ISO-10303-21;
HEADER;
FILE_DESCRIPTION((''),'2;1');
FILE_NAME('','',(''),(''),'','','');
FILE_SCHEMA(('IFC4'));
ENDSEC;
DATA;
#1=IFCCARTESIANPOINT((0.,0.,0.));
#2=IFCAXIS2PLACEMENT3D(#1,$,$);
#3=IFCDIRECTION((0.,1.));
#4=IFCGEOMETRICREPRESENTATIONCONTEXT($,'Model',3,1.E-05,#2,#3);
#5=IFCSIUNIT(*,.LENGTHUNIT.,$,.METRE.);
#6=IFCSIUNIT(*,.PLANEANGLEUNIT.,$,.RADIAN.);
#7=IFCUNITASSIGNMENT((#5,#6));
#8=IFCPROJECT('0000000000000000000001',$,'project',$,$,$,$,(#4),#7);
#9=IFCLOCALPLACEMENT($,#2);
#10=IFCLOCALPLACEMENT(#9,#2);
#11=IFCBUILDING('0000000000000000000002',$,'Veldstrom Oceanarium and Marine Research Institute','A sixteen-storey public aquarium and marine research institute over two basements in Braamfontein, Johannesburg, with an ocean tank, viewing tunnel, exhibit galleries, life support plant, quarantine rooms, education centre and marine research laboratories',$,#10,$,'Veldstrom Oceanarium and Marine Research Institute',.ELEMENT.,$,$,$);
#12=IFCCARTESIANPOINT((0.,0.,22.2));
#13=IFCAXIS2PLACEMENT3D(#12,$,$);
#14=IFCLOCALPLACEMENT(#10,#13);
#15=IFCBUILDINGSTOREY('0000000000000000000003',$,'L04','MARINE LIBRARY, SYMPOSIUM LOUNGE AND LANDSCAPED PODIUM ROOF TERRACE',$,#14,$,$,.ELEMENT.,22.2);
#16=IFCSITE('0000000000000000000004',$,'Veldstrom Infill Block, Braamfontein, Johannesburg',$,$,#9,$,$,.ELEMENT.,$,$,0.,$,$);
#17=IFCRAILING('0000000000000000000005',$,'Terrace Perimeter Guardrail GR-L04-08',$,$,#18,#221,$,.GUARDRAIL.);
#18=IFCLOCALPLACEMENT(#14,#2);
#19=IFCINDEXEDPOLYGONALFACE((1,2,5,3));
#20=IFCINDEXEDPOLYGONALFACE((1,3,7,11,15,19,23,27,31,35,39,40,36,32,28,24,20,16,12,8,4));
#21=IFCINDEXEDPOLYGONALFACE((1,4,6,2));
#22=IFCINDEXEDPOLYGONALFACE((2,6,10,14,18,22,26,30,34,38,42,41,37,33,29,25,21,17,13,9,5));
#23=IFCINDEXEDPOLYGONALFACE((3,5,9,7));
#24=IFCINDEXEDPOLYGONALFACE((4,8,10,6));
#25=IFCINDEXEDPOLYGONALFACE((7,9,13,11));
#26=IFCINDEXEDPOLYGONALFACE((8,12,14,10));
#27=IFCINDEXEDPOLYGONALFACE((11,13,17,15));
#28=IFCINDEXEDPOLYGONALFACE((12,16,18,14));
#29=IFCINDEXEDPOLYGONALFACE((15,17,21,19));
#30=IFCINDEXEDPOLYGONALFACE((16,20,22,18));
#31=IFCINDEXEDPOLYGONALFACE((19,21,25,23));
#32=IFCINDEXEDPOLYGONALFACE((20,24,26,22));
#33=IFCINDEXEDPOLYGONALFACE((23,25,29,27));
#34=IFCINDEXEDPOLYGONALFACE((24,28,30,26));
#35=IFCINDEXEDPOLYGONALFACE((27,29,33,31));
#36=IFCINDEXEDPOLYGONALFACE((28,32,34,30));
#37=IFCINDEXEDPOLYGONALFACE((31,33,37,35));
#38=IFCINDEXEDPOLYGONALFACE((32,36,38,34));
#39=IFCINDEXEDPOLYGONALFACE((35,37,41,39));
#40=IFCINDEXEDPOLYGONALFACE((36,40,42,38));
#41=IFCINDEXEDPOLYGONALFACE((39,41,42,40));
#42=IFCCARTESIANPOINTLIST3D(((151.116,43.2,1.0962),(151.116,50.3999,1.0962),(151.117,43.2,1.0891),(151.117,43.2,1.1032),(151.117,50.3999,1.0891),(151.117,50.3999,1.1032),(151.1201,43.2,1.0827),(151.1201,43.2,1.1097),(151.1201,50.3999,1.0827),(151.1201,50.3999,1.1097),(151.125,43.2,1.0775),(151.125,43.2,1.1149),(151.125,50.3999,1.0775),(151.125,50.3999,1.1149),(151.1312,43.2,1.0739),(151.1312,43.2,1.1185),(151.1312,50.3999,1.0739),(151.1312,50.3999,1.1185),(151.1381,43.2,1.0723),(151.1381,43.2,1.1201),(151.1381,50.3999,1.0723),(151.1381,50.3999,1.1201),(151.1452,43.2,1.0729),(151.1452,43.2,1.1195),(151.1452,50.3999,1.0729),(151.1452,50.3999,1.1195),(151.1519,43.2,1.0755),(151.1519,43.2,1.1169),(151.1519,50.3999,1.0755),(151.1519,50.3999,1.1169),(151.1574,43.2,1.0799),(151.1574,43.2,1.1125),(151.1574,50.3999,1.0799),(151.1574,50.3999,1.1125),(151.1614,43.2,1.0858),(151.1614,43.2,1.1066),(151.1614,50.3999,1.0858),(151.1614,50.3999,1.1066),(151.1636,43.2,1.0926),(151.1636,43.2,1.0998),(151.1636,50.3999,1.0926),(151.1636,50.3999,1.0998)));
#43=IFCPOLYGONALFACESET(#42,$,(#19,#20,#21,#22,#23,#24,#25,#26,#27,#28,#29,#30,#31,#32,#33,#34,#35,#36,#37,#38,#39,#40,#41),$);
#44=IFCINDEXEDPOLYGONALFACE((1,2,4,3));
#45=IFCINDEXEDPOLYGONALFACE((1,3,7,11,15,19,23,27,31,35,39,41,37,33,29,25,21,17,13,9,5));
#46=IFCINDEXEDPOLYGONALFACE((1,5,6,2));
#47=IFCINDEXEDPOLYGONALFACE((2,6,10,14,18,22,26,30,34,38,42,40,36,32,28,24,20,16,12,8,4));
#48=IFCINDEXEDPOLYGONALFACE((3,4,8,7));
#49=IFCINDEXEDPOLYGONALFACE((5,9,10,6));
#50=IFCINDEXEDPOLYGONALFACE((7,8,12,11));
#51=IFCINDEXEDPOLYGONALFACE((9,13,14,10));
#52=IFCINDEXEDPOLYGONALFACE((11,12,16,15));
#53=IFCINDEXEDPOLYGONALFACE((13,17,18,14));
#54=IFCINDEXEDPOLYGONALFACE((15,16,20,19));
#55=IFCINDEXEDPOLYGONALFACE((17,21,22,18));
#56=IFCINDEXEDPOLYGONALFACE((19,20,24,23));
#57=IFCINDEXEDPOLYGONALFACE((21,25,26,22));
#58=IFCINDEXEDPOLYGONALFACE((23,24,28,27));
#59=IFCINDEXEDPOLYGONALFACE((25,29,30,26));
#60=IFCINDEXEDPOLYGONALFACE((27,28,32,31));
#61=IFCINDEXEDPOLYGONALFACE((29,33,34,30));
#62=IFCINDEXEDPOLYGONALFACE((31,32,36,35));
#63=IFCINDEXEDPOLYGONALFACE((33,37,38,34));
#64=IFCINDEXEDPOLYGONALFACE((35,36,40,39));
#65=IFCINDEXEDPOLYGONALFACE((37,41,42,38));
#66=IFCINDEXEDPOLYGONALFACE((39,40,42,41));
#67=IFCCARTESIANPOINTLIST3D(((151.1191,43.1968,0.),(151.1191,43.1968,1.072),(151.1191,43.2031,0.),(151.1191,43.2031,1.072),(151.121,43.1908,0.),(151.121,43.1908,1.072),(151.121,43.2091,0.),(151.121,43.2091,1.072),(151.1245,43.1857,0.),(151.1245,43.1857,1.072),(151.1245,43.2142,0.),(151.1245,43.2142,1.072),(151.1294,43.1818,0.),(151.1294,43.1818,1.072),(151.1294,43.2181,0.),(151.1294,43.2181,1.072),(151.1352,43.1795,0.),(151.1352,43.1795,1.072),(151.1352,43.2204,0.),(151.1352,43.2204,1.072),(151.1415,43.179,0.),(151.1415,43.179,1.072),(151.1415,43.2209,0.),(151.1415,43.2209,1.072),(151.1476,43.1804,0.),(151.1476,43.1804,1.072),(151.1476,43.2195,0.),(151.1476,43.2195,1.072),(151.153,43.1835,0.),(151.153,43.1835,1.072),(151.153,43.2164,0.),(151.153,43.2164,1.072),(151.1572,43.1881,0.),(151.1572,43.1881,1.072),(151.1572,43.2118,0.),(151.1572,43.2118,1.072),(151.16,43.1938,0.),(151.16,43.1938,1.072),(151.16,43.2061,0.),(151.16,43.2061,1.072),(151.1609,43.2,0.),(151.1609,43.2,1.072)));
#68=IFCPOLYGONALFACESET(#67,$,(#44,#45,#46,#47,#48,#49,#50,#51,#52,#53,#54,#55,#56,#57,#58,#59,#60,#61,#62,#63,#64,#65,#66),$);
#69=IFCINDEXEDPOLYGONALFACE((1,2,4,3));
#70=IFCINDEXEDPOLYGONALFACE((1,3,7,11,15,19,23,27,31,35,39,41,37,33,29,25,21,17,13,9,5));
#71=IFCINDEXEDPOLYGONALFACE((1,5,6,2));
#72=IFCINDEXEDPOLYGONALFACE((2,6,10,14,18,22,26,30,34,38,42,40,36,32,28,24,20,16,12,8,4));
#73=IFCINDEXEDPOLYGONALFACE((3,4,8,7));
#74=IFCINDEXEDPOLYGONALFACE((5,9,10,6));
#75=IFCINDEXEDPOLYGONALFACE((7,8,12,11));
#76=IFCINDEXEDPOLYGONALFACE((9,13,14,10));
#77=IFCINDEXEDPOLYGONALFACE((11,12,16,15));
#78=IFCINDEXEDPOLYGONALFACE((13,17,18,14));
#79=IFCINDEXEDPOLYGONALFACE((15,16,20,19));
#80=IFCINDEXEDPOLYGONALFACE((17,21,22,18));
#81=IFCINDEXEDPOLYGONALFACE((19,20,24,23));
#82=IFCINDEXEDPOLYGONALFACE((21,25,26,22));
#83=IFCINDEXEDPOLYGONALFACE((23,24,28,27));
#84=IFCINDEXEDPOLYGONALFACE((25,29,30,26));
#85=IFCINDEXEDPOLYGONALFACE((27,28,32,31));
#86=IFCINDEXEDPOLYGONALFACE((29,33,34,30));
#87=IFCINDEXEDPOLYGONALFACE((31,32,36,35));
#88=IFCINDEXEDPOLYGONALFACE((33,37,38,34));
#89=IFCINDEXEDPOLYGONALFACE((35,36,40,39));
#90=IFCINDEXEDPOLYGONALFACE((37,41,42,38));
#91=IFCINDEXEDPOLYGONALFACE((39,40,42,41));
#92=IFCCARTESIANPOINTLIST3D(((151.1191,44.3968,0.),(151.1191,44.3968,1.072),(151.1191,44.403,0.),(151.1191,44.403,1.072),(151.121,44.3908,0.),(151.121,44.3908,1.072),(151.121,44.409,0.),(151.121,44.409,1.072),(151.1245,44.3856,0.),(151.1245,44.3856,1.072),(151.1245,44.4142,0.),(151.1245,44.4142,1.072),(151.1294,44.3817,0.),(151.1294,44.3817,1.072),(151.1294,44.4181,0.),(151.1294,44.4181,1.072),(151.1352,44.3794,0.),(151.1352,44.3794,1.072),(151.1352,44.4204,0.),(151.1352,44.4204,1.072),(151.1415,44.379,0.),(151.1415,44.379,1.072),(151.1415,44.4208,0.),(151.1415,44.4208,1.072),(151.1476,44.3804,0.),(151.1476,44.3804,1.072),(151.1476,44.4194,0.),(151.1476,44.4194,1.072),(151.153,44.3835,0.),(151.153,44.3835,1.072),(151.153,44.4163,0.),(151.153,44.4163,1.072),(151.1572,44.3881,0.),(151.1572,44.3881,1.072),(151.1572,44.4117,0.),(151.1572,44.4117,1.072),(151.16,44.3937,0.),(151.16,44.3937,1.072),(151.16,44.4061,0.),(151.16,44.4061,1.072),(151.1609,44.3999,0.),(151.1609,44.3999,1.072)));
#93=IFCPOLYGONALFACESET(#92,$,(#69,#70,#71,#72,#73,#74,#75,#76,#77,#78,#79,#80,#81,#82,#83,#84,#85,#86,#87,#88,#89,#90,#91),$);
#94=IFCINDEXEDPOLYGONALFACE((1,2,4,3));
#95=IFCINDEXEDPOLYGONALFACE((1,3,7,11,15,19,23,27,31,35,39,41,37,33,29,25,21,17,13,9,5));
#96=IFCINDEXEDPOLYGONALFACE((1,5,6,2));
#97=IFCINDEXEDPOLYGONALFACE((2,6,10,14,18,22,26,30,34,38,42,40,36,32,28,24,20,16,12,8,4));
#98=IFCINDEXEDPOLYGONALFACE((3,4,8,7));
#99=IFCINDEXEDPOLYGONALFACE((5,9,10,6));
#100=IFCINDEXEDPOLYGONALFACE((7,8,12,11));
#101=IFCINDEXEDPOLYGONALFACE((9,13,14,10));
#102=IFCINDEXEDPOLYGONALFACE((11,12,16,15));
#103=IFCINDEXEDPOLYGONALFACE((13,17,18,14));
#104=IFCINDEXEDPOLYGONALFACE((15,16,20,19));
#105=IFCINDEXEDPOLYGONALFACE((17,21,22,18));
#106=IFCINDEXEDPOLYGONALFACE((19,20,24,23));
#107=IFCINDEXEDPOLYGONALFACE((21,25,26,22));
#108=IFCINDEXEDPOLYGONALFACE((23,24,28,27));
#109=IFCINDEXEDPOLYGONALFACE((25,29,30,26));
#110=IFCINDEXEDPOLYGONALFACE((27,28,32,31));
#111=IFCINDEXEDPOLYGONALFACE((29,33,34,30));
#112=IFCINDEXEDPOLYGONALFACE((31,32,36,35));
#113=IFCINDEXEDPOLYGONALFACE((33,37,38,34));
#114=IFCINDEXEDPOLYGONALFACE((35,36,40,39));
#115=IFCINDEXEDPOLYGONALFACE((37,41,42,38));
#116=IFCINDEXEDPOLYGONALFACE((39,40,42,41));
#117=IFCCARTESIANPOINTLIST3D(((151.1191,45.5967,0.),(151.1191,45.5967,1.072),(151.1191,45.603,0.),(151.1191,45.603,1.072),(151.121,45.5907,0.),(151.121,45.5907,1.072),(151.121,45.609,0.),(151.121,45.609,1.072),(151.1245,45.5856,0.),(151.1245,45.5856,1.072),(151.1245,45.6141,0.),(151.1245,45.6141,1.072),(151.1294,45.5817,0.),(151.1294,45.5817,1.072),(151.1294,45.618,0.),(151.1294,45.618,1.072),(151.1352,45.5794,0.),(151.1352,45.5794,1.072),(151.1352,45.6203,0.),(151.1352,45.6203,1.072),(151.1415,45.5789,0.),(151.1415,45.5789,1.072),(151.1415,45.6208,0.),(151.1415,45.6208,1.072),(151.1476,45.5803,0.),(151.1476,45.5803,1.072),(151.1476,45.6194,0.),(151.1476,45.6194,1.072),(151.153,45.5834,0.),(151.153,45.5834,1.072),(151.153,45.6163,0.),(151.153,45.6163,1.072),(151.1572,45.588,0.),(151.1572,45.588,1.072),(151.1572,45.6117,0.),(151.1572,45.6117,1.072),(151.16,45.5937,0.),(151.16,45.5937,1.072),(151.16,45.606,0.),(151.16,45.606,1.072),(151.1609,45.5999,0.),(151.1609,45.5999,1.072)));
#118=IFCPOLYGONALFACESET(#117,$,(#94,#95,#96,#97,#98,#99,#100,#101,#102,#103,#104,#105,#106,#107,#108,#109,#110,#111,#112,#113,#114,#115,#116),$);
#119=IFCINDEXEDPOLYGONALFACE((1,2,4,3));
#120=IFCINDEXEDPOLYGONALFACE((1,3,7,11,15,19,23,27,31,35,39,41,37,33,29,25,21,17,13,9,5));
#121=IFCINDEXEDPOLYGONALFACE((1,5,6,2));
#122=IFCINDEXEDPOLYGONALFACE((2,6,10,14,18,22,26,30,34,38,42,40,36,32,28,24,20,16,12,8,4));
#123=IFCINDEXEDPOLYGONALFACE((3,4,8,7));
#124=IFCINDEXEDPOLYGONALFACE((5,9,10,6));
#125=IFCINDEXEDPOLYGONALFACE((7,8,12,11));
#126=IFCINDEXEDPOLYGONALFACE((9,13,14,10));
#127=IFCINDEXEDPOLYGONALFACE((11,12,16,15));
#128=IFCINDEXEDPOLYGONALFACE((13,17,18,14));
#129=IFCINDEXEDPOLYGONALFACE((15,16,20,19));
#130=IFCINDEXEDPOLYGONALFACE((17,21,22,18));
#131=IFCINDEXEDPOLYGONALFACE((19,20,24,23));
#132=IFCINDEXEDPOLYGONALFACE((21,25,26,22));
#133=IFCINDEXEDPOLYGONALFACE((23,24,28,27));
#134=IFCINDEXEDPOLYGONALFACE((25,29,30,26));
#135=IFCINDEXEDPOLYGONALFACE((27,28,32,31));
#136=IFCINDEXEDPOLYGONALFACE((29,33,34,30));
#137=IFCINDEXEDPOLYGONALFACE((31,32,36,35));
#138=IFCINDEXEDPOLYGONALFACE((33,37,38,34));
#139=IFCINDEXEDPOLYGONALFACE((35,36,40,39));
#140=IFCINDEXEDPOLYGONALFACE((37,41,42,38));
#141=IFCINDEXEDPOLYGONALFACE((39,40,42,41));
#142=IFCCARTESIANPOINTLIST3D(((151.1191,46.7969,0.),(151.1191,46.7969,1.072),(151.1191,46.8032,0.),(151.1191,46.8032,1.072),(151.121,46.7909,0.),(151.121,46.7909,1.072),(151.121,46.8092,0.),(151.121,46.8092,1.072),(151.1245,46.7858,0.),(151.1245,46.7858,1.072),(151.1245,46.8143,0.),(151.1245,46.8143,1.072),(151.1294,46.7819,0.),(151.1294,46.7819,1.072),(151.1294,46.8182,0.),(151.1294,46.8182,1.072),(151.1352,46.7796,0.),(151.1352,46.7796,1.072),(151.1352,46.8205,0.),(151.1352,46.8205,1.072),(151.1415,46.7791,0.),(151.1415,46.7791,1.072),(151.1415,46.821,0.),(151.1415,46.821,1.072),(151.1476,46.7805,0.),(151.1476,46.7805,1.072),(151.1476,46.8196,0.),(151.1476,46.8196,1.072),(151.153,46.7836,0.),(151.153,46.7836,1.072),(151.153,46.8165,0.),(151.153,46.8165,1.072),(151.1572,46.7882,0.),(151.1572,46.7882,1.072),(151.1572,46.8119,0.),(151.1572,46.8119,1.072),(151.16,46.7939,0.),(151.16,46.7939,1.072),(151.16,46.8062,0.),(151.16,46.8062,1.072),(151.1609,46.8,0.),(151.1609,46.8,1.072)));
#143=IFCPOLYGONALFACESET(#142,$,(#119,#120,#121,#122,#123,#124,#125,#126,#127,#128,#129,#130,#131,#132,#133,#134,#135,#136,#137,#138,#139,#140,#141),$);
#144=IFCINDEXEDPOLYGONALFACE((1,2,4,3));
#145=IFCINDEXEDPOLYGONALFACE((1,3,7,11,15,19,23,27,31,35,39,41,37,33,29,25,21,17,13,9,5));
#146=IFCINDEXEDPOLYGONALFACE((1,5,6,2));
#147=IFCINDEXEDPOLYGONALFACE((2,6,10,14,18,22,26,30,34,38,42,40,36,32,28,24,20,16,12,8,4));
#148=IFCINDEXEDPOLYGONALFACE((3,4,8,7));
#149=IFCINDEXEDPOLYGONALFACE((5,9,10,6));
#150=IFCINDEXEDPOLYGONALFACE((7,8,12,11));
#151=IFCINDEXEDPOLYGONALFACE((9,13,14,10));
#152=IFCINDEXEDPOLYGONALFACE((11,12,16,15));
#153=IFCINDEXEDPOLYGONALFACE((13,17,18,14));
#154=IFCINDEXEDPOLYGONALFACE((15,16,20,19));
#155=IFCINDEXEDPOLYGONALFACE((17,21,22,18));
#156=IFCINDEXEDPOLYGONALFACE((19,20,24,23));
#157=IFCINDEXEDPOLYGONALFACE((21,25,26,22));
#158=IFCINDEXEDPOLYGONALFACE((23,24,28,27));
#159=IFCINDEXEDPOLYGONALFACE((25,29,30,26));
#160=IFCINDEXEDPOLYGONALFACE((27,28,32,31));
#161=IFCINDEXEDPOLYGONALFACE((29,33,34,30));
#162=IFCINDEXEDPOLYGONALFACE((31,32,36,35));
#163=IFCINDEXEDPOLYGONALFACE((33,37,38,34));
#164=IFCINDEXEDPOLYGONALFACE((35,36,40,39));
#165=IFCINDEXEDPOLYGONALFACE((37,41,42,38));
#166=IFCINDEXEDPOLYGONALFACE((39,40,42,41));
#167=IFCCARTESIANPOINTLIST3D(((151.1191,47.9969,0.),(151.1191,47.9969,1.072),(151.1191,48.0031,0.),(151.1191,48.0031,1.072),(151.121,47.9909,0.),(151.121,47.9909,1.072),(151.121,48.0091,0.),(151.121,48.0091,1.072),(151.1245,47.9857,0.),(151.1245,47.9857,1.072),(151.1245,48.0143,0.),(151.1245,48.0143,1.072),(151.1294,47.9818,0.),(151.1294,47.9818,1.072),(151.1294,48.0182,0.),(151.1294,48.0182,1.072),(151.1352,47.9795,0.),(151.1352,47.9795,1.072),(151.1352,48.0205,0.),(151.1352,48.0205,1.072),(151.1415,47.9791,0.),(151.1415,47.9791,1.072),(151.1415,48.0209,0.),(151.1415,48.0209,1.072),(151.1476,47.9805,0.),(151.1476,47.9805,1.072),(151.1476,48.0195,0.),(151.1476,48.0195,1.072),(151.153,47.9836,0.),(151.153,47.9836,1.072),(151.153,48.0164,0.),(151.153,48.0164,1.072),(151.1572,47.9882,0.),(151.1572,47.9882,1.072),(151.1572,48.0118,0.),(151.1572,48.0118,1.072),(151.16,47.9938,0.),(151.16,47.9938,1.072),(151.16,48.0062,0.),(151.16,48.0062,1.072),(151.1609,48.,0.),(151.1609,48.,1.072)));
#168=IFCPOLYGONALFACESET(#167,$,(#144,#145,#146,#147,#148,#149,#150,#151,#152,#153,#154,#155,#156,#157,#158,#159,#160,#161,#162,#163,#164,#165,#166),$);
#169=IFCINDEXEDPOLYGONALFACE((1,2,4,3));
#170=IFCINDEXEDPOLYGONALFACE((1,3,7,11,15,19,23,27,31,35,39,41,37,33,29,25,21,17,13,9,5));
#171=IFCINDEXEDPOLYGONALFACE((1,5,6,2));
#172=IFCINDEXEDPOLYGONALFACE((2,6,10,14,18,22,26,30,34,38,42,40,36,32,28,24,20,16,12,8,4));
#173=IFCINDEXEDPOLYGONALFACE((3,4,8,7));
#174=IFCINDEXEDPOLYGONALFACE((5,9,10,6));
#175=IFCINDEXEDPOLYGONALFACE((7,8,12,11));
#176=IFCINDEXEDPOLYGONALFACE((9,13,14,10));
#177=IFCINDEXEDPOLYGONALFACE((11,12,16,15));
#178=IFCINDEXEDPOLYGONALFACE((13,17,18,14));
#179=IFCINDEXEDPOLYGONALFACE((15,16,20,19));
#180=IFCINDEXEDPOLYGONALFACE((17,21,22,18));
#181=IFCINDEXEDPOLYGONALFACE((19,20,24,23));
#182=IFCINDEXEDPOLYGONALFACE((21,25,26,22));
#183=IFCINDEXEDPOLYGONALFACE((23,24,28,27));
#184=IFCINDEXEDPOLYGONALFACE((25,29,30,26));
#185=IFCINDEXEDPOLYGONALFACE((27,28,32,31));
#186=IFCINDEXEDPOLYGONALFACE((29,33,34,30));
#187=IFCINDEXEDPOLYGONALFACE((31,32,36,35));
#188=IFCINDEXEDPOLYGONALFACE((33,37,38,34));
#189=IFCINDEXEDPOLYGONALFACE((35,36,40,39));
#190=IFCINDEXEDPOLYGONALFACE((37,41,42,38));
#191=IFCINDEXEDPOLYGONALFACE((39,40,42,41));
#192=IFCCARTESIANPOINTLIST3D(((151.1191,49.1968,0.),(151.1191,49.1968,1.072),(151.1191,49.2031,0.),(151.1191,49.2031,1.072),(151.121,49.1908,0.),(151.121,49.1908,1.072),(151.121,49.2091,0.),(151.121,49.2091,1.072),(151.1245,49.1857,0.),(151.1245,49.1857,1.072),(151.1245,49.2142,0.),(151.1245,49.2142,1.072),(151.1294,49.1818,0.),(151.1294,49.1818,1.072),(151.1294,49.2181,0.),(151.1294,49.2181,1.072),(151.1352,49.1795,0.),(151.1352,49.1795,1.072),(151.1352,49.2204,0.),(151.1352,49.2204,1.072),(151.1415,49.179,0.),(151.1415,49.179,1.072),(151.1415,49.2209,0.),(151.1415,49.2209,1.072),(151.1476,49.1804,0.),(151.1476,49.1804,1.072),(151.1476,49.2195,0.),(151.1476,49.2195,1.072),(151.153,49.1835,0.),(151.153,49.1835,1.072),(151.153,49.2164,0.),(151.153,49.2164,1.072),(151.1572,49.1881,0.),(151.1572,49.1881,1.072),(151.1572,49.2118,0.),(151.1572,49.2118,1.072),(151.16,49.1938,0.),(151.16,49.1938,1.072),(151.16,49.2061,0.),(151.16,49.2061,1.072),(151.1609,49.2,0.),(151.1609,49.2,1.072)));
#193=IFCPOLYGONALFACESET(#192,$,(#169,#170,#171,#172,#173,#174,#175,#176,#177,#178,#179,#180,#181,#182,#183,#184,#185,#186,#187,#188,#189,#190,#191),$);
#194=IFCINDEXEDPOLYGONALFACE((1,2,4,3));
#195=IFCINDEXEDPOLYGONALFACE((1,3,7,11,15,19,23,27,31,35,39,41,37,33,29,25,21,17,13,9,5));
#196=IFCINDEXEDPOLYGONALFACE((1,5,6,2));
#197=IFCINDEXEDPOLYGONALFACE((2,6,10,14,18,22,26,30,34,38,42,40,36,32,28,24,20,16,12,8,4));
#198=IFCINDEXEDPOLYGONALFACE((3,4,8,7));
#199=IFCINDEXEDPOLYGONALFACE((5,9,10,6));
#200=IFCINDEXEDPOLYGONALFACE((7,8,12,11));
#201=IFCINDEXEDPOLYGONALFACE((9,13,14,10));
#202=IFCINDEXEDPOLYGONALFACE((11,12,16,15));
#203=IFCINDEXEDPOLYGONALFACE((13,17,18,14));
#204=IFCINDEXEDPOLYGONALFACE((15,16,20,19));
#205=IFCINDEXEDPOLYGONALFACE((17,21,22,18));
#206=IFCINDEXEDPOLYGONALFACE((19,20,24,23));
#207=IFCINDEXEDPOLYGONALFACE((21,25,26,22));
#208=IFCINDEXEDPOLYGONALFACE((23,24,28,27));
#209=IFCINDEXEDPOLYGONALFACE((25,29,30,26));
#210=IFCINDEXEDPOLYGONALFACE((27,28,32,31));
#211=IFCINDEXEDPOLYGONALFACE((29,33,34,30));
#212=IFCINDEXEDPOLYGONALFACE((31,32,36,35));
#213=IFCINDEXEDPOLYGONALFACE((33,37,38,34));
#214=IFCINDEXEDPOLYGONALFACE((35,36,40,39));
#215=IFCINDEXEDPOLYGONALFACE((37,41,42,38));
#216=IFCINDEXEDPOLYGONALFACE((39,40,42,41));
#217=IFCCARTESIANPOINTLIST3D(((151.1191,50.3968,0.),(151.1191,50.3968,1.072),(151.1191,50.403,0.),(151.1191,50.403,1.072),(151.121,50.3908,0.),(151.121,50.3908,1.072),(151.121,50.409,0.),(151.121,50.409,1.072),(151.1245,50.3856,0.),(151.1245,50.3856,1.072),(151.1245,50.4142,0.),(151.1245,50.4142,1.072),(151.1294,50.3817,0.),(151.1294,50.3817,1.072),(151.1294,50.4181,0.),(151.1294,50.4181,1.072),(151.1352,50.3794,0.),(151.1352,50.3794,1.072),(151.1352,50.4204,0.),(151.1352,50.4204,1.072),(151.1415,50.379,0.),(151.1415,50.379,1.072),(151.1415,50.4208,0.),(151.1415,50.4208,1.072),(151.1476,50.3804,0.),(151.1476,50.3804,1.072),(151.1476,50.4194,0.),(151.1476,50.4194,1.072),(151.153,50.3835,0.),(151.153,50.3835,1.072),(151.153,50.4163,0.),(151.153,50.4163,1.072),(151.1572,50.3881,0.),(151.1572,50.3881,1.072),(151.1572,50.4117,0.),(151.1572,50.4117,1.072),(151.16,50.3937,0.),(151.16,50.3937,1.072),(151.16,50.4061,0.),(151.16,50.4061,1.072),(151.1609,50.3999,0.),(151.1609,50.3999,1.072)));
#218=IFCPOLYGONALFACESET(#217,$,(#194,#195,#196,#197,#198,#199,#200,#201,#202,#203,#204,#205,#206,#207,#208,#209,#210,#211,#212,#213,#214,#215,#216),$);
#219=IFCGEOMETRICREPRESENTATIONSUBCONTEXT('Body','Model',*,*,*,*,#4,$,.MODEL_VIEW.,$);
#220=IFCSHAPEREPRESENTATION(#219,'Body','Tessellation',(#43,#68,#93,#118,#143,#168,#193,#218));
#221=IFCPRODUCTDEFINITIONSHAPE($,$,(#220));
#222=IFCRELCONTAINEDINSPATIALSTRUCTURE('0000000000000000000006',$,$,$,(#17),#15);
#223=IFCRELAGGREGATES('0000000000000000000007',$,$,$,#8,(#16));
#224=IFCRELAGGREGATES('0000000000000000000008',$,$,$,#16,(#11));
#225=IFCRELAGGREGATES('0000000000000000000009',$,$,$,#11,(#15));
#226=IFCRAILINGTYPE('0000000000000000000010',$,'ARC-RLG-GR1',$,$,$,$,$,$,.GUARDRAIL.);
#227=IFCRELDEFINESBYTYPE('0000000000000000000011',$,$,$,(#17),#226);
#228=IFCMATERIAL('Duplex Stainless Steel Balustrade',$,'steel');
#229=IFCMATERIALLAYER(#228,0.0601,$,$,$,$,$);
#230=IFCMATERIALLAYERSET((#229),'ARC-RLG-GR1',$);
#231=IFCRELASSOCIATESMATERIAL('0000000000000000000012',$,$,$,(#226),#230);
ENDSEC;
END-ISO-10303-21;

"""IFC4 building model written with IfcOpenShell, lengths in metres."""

from ifc_helpers import new_model, si_unit, direction, frame, origin, origin_2d, place, context, subcontext, project, spatial, circle, extrude, material, layer, layer_set, type_object, element, save


model = new_model("IFC4")

# Units and contexts
model_context = context("Model", 3, precision=1e-05, world=origin(), true_north=direction((0.0, 1.0)))
body_context = subcontext(model_context, "Body", "Model", "MODEL_VIEW")
ifc_project = project(units=[si_unit("LENGTHUNIT", "METRE"), si_unit("PLANEANGLEUNIT", "RADIAN")], contexts=[model_context])

# Site, building, storey
site_placement = place(None, origin())
site = spatial("IfcSite", under=ifc_project, at=site_placement, Name="Veldstrom Infill Block, Braamfontein, Johannesburg", CompositionType="ELEMENT", RefElevation=0.0)
building_placement = place(site_placement, origin())
building = spatial("IfcBuilding", under=site, at=building_placement, Name="Veldstrom Oceanarium and Marine Research Institute", Description="A sixteen-storey public aquarium and marine research institute over two basements in Braamfontein, Johannesburg, with an ocean tank, viewing tunnel, exhibit galleries, life support plant, quarantine rooms, education centre and marine research laboratories", LongName="Veldstrom Oceanarium and Marine Research Institute", CompositionType="ELEMENT")
storey_placement = place(building_placement, frame((0.0, 0.0, 22.2)))
storey = spatial("IfcBuildingStorey", under=building, at=storey_placement, Name="L04", Description="MARINE LIBRARY, SYMPOSIUM LOUNGE AND LANDSCAPED PODIUM ROOF TERRACE", CompositionType="ELEMENT", Elevation=22.2)

# Railing
ifc_material_1 = material(Name="Duplex Stainless Steel Balustrade", Category="steel")
ifc_layer_1 = layer(ifc_material_1, 0.0601)
ifc_layer_set_1 = layer_set([ifc_layer_1], Name="ARC-RLG-GR1")
railing_type = type_object("IfcRailingType", Name="ARC-RLG-GR1", PredefinedType="GUARDRAIL", material=ifc_layer_set_1)
railing_1_placement = place(storey_placement, frame((151.1399, 43.2, 0.0)))
element("IfcRailing", 1, at=railing_1_placement, inside=storey, type_object=railing_type, Name="Terrace Perimeter Guardrail GR-L04-08", PredefinedType="GUARDRAIL", context=body_context, shape_type="SweptSolid", body=[
    extrude(circle(Radius=0.0239, at=origin_2d()), frame((0.0, 0.0, 1.0962), z_axis=(0.0, 1.0, 0.0), x_axis=(-1.0, 0.0, 0.0)), (0.0, 0.0, 1.0), 7.2),
    extrude(circle(Radius=0.021, at=origin_2d()), origin(), (0.0, 0.0, 1.0), 1.072),
    extrude(circle(Radius=0.021, at=origin_2d()), frame((0.0, 1.2, 0.0)), (0.0, 0.0, 1.0), 1.072),
    extrude(circle(Radius=0.021, at=origin_2d()), frame((0.0, 2.3999, 0.0)), (0.0, 0.0, 1.0), 1.072),
    extrude(circle(Radius=0.021, at=origin_2d()), frame((0.0, 3.6001, 0.0)), (0.0, 0.0, 1.0), 1.072),
    extrude(circle(Radius=0.021, at=origin_2d()), frame((0.0, 4.8, 0.0)), (0.0, 0.0, 1.0), 1.072),
    extrude(circle(Radius=0.021, at=origin_2d()), frame((0.0, 6.0, 0.0)), (0.0, 0.0, 1.0), 1.072),
    extrude(circle(Radius=0.021, at=origin_2d()), frame((0.0, 7.2, 0.0)), (0.0, 0.0, 1.0), 1.072),
])

save(model, "model.ifc")
